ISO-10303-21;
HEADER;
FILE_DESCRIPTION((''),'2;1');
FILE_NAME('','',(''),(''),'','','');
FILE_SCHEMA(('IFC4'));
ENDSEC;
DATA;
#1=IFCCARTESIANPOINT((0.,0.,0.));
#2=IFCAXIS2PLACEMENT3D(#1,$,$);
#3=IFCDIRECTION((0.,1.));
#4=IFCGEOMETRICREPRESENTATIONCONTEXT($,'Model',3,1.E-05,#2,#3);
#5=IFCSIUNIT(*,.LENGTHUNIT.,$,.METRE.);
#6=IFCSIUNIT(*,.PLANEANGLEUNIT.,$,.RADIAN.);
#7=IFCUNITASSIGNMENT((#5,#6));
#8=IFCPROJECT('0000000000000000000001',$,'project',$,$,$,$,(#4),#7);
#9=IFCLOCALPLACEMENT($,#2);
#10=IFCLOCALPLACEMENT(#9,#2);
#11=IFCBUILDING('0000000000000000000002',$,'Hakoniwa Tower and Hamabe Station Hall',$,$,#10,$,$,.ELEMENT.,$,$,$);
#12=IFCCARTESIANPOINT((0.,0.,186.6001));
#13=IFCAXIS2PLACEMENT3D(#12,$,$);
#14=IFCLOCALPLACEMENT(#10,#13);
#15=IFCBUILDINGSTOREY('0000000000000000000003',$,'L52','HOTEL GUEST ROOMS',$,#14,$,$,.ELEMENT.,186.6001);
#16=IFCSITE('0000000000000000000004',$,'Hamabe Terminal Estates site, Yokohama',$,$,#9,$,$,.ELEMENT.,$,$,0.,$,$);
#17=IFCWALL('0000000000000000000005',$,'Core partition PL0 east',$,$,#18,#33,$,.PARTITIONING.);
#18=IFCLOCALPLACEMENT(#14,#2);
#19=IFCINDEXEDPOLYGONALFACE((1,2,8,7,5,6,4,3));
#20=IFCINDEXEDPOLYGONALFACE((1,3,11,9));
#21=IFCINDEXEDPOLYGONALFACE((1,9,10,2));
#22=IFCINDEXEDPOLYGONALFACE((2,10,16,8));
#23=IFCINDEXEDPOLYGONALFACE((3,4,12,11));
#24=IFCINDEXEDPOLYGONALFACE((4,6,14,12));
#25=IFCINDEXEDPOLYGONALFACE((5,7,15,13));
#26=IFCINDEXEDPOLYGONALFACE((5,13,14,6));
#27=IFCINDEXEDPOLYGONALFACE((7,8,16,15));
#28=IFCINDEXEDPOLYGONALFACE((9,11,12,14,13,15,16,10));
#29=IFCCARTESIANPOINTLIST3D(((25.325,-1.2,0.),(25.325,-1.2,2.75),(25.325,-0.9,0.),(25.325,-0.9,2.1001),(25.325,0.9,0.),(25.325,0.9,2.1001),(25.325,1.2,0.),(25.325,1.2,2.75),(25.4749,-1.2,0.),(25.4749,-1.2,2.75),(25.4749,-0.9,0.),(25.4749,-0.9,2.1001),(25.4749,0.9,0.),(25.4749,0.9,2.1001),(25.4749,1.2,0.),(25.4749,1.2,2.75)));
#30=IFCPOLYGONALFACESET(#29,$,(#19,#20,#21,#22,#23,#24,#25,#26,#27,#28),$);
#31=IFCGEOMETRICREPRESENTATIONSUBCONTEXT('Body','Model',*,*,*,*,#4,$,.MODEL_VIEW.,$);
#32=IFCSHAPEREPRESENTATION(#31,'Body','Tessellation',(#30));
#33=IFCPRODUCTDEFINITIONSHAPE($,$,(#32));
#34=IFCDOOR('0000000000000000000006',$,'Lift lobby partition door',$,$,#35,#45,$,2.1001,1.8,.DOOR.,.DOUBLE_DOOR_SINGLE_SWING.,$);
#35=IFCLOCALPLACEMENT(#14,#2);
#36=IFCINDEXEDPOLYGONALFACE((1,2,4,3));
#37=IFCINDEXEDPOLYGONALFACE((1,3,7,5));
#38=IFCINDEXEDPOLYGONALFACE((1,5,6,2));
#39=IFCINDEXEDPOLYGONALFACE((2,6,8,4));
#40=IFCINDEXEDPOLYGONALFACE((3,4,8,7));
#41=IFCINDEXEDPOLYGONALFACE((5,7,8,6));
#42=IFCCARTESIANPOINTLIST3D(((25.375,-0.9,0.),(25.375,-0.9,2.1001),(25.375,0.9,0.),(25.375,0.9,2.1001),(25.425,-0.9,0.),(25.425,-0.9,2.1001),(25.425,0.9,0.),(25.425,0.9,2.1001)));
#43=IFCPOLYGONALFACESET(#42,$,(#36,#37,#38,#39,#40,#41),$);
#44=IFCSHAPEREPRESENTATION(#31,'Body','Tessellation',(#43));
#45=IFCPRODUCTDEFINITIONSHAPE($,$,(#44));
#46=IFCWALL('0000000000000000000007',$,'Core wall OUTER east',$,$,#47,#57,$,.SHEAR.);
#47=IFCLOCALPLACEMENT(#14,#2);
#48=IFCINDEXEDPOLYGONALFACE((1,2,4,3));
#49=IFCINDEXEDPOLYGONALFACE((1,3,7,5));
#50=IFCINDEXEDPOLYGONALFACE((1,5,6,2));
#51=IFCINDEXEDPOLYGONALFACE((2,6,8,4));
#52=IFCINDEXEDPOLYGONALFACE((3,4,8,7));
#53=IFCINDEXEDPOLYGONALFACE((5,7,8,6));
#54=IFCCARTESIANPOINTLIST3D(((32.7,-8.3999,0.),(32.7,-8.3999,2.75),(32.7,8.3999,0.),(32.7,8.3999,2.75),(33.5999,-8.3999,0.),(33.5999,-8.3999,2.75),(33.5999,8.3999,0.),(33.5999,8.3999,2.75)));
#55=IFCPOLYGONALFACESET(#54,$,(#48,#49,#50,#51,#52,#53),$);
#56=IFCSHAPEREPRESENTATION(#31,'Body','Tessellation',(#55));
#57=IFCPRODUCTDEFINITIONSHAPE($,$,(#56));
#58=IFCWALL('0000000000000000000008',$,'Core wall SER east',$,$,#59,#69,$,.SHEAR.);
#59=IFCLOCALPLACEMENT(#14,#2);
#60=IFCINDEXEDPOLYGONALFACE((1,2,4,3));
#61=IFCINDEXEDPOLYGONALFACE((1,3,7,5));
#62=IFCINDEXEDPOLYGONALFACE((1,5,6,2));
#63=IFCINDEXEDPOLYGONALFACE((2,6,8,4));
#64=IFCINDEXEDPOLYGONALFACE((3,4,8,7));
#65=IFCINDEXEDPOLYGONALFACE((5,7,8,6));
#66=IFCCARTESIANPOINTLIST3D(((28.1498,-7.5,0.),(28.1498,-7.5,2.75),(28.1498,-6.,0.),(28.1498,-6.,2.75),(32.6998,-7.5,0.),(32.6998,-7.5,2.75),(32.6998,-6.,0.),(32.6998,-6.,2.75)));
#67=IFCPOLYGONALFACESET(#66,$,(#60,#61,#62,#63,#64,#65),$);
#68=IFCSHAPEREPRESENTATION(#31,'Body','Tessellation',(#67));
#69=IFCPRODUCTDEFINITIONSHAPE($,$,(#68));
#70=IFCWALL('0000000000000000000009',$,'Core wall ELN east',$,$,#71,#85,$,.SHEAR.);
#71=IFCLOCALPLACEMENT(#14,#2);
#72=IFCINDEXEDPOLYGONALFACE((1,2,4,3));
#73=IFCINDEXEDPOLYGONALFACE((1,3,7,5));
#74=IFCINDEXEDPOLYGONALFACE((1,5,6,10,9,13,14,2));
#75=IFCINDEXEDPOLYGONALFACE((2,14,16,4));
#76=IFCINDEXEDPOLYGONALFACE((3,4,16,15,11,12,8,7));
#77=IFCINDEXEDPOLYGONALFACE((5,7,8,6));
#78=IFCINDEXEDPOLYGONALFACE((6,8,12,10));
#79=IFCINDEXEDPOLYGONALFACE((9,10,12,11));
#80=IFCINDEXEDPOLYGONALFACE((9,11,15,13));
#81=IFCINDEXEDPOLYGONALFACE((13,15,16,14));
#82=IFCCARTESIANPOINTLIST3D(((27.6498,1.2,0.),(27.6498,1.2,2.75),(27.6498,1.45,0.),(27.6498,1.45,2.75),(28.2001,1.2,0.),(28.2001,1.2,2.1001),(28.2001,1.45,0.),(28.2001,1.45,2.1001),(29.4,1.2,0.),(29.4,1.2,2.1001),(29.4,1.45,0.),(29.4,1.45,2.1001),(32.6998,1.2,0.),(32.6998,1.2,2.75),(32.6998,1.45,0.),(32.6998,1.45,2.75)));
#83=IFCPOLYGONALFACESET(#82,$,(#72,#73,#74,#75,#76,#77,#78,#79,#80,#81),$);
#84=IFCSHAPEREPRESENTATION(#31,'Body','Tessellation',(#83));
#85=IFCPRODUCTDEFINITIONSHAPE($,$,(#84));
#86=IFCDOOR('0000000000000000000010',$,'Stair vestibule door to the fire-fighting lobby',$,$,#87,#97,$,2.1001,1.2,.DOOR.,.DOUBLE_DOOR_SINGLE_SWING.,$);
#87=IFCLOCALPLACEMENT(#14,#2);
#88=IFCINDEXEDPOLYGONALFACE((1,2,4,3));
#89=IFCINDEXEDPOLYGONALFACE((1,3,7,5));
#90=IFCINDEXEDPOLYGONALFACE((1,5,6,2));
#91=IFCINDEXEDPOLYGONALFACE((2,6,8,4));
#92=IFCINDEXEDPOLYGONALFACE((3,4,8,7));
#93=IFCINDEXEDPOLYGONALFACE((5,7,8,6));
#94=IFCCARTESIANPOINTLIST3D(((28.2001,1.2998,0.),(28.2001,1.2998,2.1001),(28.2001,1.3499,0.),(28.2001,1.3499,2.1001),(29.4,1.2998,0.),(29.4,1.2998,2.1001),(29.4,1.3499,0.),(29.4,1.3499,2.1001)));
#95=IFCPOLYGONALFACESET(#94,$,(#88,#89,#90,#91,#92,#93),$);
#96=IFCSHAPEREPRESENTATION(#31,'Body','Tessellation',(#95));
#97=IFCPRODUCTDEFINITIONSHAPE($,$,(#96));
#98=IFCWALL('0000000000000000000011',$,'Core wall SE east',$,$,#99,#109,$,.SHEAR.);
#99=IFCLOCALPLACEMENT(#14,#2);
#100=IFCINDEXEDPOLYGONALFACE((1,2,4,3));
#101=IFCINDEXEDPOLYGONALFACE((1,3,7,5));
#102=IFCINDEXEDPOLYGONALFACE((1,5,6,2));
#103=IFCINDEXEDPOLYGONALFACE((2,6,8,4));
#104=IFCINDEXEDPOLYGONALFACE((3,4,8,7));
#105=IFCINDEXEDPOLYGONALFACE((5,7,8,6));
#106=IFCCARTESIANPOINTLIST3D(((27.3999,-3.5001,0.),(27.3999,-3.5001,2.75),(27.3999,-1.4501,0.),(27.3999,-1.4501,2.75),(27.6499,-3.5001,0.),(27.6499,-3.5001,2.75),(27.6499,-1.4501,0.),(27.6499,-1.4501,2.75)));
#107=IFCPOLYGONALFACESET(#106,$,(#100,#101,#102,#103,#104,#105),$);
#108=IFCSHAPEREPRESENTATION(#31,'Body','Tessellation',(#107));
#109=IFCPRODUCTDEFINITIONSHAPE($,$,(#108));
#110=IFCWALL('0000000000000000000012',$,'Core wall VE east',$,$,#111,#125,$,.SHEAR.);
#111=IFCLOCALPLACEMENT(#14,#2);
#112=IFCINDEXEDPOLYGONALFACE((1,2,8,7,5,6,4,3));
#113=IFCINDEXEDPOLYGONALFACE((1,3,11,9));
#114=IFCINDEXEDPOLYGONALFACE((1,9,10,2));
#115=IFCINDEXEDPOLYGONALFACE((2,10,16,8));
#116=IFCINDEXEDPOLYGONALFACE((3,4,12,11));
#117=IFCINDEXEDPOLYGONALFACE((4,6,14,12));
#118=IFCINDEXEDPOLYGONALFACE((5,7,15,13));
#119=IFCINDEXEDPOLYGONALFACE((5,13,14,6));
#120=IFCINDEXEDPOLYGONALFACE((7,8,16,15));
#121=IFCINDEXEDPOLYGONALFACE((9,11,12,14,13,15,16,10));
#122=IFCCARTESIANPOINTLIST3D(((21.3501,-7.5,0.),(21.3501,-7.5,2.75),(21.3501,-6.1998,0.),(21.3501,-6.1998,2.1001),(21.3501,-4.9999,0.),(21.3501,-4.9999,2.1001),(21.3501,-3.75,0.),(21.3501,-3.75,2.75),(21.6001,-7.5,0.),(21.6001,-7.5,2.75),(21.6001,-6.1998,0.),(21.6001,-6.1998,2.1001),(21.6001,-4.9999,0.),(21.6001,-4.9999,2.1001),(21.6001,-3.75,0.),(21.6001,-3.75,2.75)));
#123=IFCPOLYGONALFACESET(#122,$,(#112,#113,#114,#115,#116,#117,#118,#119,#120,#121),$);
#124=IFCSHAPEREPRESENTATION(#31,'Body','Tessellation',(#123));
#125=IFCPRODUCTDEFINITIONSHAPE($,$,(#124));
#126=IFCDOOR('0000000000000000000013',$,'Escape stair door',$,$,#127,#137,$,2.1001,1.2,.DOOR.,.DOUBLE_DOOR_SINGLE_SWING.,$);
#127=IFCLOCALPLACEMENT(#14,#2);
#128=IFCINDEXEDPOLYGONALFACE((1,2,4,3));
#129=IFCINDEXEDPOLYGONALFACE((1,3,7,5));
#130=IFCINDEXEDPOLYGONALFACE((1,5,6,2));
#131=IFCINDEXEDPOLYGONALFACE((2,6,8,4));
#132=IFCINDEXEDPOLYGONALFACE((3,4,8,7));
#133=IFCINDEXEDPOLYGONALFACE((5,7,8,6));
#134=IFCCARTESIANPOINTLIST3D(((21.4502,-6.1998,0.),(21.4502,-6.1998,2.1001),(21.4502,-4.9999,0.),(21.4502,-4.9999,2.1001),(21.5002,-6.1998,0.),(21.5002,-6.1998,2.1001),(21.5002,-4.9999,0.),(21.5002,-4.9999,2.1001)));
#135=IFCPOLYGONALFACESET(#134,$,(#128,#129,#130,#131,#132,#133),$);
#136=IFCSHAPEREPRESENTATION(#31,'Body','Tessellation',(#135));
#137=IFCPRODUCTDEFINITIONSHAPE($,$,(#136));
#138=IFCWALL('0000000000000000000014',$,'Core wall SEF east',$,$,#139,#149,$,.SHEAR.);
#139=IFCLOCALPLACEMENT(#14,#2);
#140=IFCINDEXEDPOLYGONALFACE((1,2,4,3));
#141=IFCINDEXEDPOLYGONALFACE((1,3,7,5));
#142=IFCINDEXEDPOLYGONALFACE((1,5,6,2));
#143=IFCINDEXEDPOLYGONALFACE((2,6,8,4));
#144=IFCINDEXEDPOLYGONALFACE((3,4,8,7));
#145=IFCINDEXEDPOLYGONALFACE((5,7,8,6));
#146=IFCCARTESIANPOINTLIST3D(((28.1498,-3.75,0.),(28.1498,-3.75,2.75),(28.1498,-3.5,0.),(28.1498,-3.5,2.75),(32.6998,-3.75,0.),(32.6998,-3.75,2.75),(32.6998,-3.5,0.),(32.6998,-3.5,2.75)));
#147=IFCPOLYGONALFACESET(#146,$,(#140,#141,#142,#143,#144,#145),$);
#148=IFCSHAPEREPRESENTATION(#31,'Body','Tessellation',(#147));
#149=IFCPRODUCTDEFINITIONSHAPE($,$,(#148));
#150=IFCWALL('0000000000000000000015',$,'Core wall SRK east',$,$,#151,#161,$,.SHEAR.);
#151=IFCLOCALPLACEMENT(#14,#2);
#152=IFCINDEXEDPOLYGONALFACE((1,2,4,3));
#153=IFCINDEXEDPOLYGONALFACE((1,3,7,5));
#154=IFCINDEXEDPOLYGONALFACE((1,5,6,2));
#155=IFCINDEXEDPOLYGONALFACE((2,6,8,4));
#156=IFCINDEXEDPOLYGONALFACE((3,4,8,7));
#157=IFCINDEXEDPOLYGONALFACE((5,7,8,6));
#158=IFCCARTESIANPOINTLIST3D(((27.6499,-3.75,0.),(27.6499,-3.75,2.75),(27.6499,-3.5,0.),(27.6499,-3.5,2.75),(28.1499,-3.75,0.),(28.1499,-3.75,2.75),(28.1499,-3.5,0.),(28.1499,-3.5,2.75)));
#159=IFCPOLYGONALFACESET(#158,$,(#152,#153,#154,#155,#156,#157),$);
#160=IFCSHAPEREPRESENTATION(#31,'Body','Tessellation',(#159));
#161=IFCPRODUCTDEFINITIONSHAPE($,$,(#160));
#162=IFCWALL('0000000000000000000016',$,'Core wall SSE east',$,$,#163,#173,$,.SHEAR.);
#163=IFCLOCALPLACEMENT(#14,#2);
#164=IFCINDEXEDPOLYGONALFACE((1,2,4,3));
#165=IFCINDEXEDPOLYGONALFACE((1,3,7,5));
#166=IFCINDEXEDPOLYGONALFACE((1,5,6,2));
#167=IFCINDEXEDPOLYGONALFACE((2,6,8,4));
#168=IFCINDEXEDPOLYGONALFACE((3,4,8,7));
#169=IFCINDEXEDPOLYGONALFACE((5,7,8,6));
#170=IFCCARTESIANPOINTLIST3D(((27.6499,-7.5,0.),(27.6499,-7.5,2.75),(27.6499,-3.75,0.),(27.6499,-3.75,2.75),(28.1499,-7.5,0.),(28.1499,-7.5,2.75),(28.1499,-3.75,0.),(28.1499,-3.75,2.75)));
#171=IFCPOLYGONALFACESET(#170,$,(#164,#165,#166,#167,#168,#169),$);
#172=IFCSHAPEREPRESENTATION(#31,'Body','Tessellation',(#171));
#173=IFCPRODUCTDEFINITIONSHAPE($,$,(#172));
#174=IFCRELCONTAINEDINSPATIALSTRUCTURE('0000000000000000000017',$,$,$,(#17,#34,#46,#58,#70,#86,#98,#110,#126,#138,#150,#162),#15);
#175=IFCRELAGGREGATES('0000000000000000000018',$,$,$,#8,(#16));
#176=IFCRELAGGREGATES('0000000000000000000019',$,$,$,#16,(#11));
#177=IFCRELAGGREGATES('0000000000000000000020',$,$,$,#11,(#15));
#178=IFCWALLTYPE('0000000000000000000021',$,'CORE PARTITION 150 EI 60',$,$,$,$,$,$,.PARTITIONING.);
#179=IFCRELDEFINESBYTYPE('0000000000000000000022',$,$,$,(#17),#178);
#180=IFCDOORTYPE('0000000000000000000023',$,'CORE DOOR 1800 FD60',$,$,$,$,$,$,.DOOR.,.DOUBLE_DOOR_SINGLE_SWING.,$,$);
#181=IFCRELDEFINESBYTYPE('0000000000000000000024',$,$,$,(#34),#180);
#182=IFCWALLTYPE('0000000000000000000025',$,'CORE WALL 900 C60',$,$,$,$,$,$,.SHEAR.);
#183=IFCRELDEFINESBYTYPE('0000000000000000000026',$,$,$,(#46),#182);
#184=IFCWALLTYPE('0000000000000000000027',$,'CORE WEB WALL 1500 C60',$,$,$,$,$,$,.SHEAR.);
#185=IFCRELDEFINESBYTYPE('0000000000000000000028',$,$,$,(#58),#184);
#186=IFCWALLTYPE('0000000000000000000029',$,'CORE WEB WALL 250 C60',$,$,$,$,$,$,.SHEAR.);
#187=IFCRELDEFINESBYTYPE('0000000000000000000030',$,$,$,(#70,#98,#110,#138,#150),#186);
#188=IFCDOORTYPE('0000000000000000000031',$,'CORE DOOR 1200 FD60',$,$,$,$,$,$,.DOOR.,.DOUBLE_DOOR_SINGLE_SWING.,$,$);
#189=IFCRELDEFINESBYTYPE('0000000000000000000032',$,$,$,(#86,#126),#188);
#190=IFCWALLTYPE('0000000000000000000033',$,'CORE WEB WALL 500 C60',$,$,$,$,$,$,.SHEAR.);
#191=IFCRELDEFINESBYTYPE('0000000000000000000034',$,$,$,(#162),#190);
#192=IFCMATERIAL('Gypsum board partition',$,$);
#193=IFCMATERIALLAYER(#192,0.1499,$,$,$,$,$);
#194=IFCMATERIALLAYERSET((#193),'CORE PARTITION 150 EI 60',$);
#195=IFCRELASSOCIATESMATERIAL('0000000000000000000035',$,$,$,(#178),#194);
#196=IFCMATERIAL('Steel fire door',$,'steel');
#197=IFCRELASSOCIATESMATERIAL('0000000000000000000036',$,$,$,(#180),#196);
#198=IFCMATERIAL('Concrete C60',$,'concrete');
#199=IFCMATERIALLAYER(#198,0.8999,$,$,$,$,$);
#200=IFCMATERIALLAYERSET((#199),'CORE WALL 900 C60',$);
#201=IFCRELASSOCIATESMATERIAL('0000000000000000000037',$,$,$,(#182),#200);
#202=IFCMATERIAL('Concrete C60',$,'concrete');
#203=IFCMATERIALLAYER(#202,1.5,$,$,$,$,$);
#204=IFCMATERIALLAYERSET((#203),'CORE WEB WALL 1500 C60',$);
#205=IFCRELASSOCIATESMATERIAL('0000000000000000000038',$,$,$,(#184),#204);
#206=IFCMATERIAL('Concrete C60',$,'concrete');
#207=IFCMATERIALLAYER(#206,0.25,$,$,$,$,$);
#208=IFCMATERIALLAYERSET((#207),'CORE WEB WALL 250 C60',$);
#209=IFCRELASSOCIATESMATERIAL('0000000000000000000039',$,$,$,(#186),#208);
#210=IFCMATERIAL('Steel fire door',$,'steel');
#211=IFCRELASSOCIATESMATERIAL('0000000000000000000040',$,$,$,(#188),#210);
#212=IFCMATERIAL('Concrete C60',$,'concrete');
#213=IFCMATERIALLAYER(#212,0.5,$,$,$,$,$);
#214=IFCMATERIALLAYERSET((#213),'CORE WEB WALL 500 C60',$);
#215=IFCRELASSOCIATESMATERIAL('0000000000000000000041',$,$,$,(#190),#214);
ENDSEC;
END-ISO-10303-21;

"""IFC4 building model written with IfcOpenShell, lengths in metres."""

from ifc_helpers import new_model, si_unit, direction, frame, frame_2d, origin, place, context, subcontext, project, spatial, rectangle, extrude, material, layer, layer_set, type_object, element, fill, save


model = new_model("IFC4")

# Units and contexts
model_context = context("Model", 3, precision=1e-05, world=origin(), true_north=direction((0.0, 1.0)))
body_context = subcontext(model_context, "Body", "Model", "MODEL_VIEW")
ifc_project = project(units=[si_unit("LENGTHUNIT", "METRE"), si_unit("PLANEANGLEUNIT", "RADIAN")], contexts=[model_context])

# Site, building, storey
site_placement = place(None, origin())
site = spatial("IfcSite", under=ifc_project, at=site_placement, Name="Hamabe Terminal Estates site, Yokohama", CompositionType="ELEMENT", RefElevation=0.0)
building_placement = place(site_placement, origin())
building = spatial("IfcBuilding", under=site, at=building_placement, Name="Hakoniwa Tower and Hamabe Station Hall", CompositionType="ELEMENT")
storey_placement = place(building_placement, frame((0.0, 0.0, 186.6001)))
storey = spatial("IfcBuildingStorey", under=building, at=storey_placement, Name="L52", Description="HOTEL GUEST ROOMS", CompositionType="ELEMENT", Elevation=186.6001)

# Wall, opening, door
ifc_material_1 = material(Name="Gypsum board partition")
ifc_layer_1 = layer(ifc_material_1, 0.1499)
ifc_layer_set_1 = layer_set([ifc_layer_1], Name="CORE PARTITION 150 EI 60")
wall_type_1 = type_object("IfcWallType", Name="CORE PARTITION 150 EI 60", PredefinedType="PARTITIONING", material=ifc_layer_set_1)
wall_1_placement = place(storey_placement, frame((25.3999, -1.2, 0.0), z_axis=(0.0, 0.0, 1.0), x_axis=(0.0, 1.0, 0.0)))
wall_1 = element("IfcWall", 1, at=wall_1_placement, inside=storey, type_object=wall_type_1, Name="Core partition PL0 east", PredefinedType="PARTITIONING", context=body_context, shape_type="SweptSolid", body=[
    extrude(rectangle(XDim=2.3999, YDim=0.1499, at=frame_2d((1.2, 0.0))), origin(), (0.0, 0.0, 1.0), 2.75),
])
opening_1_placement = place(wall_1_placement, frame((0.3, 0.0, 0.0)))
opening_1 = element("IfcOpeningElement", 2, at=opening_1_placement, cuts=wall_1, PredefinedType="OPENING", context=body_context, shape_type="SweptSolid", body=[
    extrude(rectangle(XDim=1.8, YDim=2.1001, at=frame_2d((0.8999, 1.05))), frame((0.0, 0.085, 0.0), z_axis=(0.0, -1.0, 0.0), x_axis=(1.0, 0.0, 0.0)), (0.0, 0.0, 1.0), 0.1699),
])
ifc_material_2 = material(Name="Steel fire door", Category="steel")
door_type_1 = type_object("IfcDoorType", Name="CORE DOOR 1800 FD60", OperationType="DOUBLE_DOOR_SINGLE_SWING", PredefinedType="DOOR", material=ifc_material_2)
door_1_placement = place(opening_1_placement, origin())
door_1 = element("IfcDoor", 3, at=door_1_placement, inside=storey, type_object=door_type_1, Name="Lift lobby partition door", OperationType="DOUBLE_DOOR_SINGLE_SWING", OverallHeight=2.1001, OverallWidth=1.8, PredefinedType="DOOR", context=body_context, shape_type="SweptSolid", body=[
    extrude(rectangle(XDim=1.8, YDim=2.1001, at=frame_2d((0.8999, 1.05))), frame((0.0, 0.0249, 0.0), z_axis=(0.0, -1.0, 0.0), x_axis=(1.0, 0.0, 0.0)), (0.0, 0.0, 1.0), 0.05),
])
fill(opening_1, door_1)

# Walls
ifc_material_3 = material(Name="Concrete C60", Category="concrete")
ifc_layer_2 = layer(ifc_material_3, 0.8999)
ifc_layer_set_2 = layer_set([ifc_layer_2], Name="CORE WALL 900 C60")
wall_type_2 = type_object("IfcWallType", Name="CORE WALL 900 C60", PredefinedType="SHEAR", material=ifc_layer_set_2)
wall_2_placement = place(storey_placement, frame((33.1499, -8.3999, 0.0), z_axis=(0.0, 0.0, 1.0), x_axis=(0.0, 1.0, 0.0)))
element("IfcWall", 4, at=wall_2_placement, inside=storey, type_object=wall_type_2, Name="Core wall OUTER east", PredefinedType="SHEAR", context=body_context, shape_type="SweptSolid", body=[
    extrude(rectangle(XDim=16.7998, YDim=0.8999, at=frame_2d((8.3999, 0.0))), origin(), (0.0, 0.0, 1.0), 2.75),
])
ifc_material_4 = material(Name="Concrete C60", Category="concrete")
ifc_layer_3 = layer(ifc_material_4, 1.5)
ifc_layer_set_3 = layer_set([ifc_layer_3], Name="CORE WEB WALL 1500 C60")
wall_type_3 = type_object("IfcWallType", Name="CORE WEB WALL 1500 C60", PredefinedType="SHEAR", material=ifc_layer_set_3)
wall_3_placement = place(storey_placement, frame((28.1499, -6.75, 0.0), z_axis=(0.0, 0.0, 1.0), x_axis=(1.0, 0.0, 0.0)))
element("IfcWall", 5, at=wall_3_placement, inside=storey, type_object=wall_type_3, Name="Core wall SER east", PredefinedType="SHEAR", context=body_context, shape_type="SweptSolid", body=[
    extrude(rectangle(XDim=4.55, YDim=1.5, at=frame_2d((2.2749, 0.0))), origin(), (0.0, 0.0, 1.0), 2.75),
])

# Wall, opening, door
ifc_material_5 = material(Name="Concrete C60", Category="concrete")
ifc_layer_4 = layer(ifc_material_5, 0.25)
ifc_layer_set_4 = layer_set([ifc_layer_4], Name="CORE WEB WALL 250 C60")
wall_type_4 = type_object("IfcWallType", Name="CORE WEB WALL 250 C60", PredefinedType="SHEAR", material=ifc_layer_set_4)
wall_4_placement = place(storey_placement, frame((27.6499, 1.325, 0.0), z_axis=(0.0, 0.0, 1.0), x_axis=(1.0, 0.0, 0.0)))
wall_4 = element("IfcWall", 6, at=wall_4_placement, inside=storey, type_object=wall_type_4, Name="Core wall ELN east", PredefinedType="SHEAR", context=body_context, shape_type="SweptSolid", body=[
    extrude(rectangle(XDim=5.05, YDim=0.25, at=frame_2d((2.5249, 0.0))), origin(), (0.0, 0.0, 1.0), 2.75),
])
opening_2_placement = place(wall_4_placement, frame((0.55, 0.0, 0.0)))
opening_2 = element("IfcOpeningElement", 7, at=opening_2_placement, cuts=wall_4, PredefinedType="OPENING", context=body_context, shape_type="SweptSolid", body=[
    extrude(rectangle(XDim=1.2, YDim=2.1001, at=frame_2d((0.6001, 1.05))), frame((0.0, 0.135, 0.0), z_axis=(0.0, -1.0, 0.0), x_axis=(1.0, 0.0, 0.0)), (0.0, 0.0, 1.0), 0.27),
])
ifc_material_6 = material(Name="Steel fire door", Category="steel")
door_type_2 = type_object("IfcDoorType", Name="CORE DOOR 1200 FD60", OperationType="DOUBLE_DOOR_SINGLE_SWING", PredefinedType="DOOR", material=ifc_material_6)
door_2_placement = place(opening_2_placement, origin())
door_2 = element("IfcDoor", 8, at=door_2_placement, inside=storey, type_object=door_type_2, Name="Stair vestibule door to the fire-fighting lobby", OperationType="DOUBLE_DOOR_SINGLE_SWING", OverallHeight=2.1001, OverallWidth=1.2, PredefinedType="DOOR", context=body_context, shape_type="SweptSolid", body=[
    extrude(rectangle(XDim=1.2, YDim=2.1001, at=frame_2d((0.6001, 1.05))), frame((0.0, 0.0249, 0.0), z_axis=(0.0, -1.0, 0.0), x_axis=(1.0, 0.0, 0.0)), (0.0, 0.0, 1.0), 0.05),
])
fill(opening_2, door_2)

# Wall
wall_5_placement = place(storey_placement, frame((27.5249, -3.5, 0.0), z_axis=(0.0, 0.0, 1.0), x_axis=(0.0, 1.0, 0.0)))
element("IfcWall", 9, at=wall_5_placement, inside=storey, type_object=wall_type_4, Name="Core wall SE east", PredefinedType="SHEAR", context=body_context, shape_type="SweptSolid", body=[
    extrude(rectangle(XDim=2.05, YDim=0.25, at=frame_2d((1.0249, 0.0))), origin(), (0.0, 0.0, 1.0), 2.75),
])

# Wall, opening, door
wall_6_placement = place(storey_placement, frame((21.4751, -7.5, 0.0), z_axis=(0.0, 0.0, 1.0), x_axis=(0.0, 1.0, 0.0)))
wall_6 = element("IfcWall", 10, at=wall_6_placement, inside=storey, type_object=wall_type_4, Name="Core wall VE east", PredefinedType="SHEAR", context=body_context, shape_type="SweptSolid", body=[
    extrude(rectangle(XDim=3.75, YDim=0.25, at=frame_2d((1.875, 0.0))), origin(), (0.0, 0.0, 1.0), 2.75),
])
opening_3_placement = place(wall_6_placement, frame((1.3, 0.0, 0.0)))
opening_3 = element("IfcOpeningElement", 11, at=opening_3_placement, cuts=wall_6, PredefinedType="OPENING", context=body_context, shape_type="SweptSolid", body=[
    extrude(rectangle(XDim=1.2, YDim=2.1001, at=frame_2d((0.6001, 1.05))), frame((0.0, 0.135, 0.0), z_axis=(0.0, -1.0, 0.0), x_axis=(1.0, 0.0, 0.0)), (0.0, 0.0, 1.0), 0.27),
])
door_3_placement = place(opening_3_placement, origin())
door_3 = element("IfcDoor", 12, at=door_3_placement, inside=storey, type_object=door_type_2, Name="Escape stair door", OperationType="DOUBLE_DOOR_SINGLE_SWING", OverallHeight=2.1001, OverallWidth=1.2, PredefinedType="DOOR", context=body_context, shape_type="SweptSolid", body=[
    extrude(rectangle(XDim=1.2, YDim=2.1001, at=frame_2d((0.6001, 1.05))), frame((0.0, 0.0249, 0.0), z_axis=(0.0, -1.0, 0.0), x_axis=(1.0, 0.0, 0.0)), (0.0, 0.0, 1.0), 0.05),
])
fill(opening_3, door_3)

# Walls
wall_7_placement = place(storey_placement, frame((28.1499, -3.625, 0.0), z_axis=(0.0, 0.0, 1.0), x_axis=(1.0, 0.0, 0.0)))
element("IfcWall", 13, at=wall_7_placement, inside=storey, type_object=wall_type_4, Name="Core wall SEF east", PredefinedType="SHEAR", context=body_context, shape_type="SweptSolid", body=[
    extrude(rectangle(XDim=4.55, YDim=0.25, at=frame_2d((2.2749, 0.0))), origin(), (0.0, 0.0, 1.0), 2.75),
])
wall_8_placement = place(storey_placement, frame((27.6499, -3.625, 0.0), z_axis=(0.0, 0.0, 1.0), x_axis=(1.0, 0.0, 0.0)))
element("IfcWall", 14, at=wall_8_placement, inside=storey, type_object=wall_type_4, Name="Core wall SRK east", PredefinedType="SHEAR", context=body_context, shape_type="SweptSolid", body=[
    extrude(rectangle(XDim=0.5, YDim=0.25, at=frame_2d((0.25, 0.0))), origin(), (0.0, 0.0, 1.0), 2.75),
])
ifc_material_7 = material(Name="Concrete C60", Category="concrete")
ifc_layer_5 = layer(ifc_material_7, 0.5)
ifc_layer_set_5 = layer_set([ifc_layer_5], Name="CORE WEB WALL 500 C60")
wall_type_5 = type_object("IfcWallType", Name="CORE WEB WALL 500 C60", PredefinedType="SHEAR", material=ifc_layer_set_5)
wall_9_placement = place(storey_placement, frame((27.8999, -7.5, 0.0), z_axis=(0.0, 0.0, 1.0), x_axis=(0.0, 1.0, 0.0)))
element("IfcWall", 15, at=wall_9_placement, inside=storey, type_object=wall_type_5, Name="Core wall SSE east", PredefinedType="SHEAR", context=body_context, shape_type="SweptSolid", body=[
    extrude(rectangle(XDim=3.75, YDim=0.5, at=frame_2d((1.875, 0.0))), origin(), (0.0, 0.0, 1.0), 2.75),
])

save(model, "model.ifc")
